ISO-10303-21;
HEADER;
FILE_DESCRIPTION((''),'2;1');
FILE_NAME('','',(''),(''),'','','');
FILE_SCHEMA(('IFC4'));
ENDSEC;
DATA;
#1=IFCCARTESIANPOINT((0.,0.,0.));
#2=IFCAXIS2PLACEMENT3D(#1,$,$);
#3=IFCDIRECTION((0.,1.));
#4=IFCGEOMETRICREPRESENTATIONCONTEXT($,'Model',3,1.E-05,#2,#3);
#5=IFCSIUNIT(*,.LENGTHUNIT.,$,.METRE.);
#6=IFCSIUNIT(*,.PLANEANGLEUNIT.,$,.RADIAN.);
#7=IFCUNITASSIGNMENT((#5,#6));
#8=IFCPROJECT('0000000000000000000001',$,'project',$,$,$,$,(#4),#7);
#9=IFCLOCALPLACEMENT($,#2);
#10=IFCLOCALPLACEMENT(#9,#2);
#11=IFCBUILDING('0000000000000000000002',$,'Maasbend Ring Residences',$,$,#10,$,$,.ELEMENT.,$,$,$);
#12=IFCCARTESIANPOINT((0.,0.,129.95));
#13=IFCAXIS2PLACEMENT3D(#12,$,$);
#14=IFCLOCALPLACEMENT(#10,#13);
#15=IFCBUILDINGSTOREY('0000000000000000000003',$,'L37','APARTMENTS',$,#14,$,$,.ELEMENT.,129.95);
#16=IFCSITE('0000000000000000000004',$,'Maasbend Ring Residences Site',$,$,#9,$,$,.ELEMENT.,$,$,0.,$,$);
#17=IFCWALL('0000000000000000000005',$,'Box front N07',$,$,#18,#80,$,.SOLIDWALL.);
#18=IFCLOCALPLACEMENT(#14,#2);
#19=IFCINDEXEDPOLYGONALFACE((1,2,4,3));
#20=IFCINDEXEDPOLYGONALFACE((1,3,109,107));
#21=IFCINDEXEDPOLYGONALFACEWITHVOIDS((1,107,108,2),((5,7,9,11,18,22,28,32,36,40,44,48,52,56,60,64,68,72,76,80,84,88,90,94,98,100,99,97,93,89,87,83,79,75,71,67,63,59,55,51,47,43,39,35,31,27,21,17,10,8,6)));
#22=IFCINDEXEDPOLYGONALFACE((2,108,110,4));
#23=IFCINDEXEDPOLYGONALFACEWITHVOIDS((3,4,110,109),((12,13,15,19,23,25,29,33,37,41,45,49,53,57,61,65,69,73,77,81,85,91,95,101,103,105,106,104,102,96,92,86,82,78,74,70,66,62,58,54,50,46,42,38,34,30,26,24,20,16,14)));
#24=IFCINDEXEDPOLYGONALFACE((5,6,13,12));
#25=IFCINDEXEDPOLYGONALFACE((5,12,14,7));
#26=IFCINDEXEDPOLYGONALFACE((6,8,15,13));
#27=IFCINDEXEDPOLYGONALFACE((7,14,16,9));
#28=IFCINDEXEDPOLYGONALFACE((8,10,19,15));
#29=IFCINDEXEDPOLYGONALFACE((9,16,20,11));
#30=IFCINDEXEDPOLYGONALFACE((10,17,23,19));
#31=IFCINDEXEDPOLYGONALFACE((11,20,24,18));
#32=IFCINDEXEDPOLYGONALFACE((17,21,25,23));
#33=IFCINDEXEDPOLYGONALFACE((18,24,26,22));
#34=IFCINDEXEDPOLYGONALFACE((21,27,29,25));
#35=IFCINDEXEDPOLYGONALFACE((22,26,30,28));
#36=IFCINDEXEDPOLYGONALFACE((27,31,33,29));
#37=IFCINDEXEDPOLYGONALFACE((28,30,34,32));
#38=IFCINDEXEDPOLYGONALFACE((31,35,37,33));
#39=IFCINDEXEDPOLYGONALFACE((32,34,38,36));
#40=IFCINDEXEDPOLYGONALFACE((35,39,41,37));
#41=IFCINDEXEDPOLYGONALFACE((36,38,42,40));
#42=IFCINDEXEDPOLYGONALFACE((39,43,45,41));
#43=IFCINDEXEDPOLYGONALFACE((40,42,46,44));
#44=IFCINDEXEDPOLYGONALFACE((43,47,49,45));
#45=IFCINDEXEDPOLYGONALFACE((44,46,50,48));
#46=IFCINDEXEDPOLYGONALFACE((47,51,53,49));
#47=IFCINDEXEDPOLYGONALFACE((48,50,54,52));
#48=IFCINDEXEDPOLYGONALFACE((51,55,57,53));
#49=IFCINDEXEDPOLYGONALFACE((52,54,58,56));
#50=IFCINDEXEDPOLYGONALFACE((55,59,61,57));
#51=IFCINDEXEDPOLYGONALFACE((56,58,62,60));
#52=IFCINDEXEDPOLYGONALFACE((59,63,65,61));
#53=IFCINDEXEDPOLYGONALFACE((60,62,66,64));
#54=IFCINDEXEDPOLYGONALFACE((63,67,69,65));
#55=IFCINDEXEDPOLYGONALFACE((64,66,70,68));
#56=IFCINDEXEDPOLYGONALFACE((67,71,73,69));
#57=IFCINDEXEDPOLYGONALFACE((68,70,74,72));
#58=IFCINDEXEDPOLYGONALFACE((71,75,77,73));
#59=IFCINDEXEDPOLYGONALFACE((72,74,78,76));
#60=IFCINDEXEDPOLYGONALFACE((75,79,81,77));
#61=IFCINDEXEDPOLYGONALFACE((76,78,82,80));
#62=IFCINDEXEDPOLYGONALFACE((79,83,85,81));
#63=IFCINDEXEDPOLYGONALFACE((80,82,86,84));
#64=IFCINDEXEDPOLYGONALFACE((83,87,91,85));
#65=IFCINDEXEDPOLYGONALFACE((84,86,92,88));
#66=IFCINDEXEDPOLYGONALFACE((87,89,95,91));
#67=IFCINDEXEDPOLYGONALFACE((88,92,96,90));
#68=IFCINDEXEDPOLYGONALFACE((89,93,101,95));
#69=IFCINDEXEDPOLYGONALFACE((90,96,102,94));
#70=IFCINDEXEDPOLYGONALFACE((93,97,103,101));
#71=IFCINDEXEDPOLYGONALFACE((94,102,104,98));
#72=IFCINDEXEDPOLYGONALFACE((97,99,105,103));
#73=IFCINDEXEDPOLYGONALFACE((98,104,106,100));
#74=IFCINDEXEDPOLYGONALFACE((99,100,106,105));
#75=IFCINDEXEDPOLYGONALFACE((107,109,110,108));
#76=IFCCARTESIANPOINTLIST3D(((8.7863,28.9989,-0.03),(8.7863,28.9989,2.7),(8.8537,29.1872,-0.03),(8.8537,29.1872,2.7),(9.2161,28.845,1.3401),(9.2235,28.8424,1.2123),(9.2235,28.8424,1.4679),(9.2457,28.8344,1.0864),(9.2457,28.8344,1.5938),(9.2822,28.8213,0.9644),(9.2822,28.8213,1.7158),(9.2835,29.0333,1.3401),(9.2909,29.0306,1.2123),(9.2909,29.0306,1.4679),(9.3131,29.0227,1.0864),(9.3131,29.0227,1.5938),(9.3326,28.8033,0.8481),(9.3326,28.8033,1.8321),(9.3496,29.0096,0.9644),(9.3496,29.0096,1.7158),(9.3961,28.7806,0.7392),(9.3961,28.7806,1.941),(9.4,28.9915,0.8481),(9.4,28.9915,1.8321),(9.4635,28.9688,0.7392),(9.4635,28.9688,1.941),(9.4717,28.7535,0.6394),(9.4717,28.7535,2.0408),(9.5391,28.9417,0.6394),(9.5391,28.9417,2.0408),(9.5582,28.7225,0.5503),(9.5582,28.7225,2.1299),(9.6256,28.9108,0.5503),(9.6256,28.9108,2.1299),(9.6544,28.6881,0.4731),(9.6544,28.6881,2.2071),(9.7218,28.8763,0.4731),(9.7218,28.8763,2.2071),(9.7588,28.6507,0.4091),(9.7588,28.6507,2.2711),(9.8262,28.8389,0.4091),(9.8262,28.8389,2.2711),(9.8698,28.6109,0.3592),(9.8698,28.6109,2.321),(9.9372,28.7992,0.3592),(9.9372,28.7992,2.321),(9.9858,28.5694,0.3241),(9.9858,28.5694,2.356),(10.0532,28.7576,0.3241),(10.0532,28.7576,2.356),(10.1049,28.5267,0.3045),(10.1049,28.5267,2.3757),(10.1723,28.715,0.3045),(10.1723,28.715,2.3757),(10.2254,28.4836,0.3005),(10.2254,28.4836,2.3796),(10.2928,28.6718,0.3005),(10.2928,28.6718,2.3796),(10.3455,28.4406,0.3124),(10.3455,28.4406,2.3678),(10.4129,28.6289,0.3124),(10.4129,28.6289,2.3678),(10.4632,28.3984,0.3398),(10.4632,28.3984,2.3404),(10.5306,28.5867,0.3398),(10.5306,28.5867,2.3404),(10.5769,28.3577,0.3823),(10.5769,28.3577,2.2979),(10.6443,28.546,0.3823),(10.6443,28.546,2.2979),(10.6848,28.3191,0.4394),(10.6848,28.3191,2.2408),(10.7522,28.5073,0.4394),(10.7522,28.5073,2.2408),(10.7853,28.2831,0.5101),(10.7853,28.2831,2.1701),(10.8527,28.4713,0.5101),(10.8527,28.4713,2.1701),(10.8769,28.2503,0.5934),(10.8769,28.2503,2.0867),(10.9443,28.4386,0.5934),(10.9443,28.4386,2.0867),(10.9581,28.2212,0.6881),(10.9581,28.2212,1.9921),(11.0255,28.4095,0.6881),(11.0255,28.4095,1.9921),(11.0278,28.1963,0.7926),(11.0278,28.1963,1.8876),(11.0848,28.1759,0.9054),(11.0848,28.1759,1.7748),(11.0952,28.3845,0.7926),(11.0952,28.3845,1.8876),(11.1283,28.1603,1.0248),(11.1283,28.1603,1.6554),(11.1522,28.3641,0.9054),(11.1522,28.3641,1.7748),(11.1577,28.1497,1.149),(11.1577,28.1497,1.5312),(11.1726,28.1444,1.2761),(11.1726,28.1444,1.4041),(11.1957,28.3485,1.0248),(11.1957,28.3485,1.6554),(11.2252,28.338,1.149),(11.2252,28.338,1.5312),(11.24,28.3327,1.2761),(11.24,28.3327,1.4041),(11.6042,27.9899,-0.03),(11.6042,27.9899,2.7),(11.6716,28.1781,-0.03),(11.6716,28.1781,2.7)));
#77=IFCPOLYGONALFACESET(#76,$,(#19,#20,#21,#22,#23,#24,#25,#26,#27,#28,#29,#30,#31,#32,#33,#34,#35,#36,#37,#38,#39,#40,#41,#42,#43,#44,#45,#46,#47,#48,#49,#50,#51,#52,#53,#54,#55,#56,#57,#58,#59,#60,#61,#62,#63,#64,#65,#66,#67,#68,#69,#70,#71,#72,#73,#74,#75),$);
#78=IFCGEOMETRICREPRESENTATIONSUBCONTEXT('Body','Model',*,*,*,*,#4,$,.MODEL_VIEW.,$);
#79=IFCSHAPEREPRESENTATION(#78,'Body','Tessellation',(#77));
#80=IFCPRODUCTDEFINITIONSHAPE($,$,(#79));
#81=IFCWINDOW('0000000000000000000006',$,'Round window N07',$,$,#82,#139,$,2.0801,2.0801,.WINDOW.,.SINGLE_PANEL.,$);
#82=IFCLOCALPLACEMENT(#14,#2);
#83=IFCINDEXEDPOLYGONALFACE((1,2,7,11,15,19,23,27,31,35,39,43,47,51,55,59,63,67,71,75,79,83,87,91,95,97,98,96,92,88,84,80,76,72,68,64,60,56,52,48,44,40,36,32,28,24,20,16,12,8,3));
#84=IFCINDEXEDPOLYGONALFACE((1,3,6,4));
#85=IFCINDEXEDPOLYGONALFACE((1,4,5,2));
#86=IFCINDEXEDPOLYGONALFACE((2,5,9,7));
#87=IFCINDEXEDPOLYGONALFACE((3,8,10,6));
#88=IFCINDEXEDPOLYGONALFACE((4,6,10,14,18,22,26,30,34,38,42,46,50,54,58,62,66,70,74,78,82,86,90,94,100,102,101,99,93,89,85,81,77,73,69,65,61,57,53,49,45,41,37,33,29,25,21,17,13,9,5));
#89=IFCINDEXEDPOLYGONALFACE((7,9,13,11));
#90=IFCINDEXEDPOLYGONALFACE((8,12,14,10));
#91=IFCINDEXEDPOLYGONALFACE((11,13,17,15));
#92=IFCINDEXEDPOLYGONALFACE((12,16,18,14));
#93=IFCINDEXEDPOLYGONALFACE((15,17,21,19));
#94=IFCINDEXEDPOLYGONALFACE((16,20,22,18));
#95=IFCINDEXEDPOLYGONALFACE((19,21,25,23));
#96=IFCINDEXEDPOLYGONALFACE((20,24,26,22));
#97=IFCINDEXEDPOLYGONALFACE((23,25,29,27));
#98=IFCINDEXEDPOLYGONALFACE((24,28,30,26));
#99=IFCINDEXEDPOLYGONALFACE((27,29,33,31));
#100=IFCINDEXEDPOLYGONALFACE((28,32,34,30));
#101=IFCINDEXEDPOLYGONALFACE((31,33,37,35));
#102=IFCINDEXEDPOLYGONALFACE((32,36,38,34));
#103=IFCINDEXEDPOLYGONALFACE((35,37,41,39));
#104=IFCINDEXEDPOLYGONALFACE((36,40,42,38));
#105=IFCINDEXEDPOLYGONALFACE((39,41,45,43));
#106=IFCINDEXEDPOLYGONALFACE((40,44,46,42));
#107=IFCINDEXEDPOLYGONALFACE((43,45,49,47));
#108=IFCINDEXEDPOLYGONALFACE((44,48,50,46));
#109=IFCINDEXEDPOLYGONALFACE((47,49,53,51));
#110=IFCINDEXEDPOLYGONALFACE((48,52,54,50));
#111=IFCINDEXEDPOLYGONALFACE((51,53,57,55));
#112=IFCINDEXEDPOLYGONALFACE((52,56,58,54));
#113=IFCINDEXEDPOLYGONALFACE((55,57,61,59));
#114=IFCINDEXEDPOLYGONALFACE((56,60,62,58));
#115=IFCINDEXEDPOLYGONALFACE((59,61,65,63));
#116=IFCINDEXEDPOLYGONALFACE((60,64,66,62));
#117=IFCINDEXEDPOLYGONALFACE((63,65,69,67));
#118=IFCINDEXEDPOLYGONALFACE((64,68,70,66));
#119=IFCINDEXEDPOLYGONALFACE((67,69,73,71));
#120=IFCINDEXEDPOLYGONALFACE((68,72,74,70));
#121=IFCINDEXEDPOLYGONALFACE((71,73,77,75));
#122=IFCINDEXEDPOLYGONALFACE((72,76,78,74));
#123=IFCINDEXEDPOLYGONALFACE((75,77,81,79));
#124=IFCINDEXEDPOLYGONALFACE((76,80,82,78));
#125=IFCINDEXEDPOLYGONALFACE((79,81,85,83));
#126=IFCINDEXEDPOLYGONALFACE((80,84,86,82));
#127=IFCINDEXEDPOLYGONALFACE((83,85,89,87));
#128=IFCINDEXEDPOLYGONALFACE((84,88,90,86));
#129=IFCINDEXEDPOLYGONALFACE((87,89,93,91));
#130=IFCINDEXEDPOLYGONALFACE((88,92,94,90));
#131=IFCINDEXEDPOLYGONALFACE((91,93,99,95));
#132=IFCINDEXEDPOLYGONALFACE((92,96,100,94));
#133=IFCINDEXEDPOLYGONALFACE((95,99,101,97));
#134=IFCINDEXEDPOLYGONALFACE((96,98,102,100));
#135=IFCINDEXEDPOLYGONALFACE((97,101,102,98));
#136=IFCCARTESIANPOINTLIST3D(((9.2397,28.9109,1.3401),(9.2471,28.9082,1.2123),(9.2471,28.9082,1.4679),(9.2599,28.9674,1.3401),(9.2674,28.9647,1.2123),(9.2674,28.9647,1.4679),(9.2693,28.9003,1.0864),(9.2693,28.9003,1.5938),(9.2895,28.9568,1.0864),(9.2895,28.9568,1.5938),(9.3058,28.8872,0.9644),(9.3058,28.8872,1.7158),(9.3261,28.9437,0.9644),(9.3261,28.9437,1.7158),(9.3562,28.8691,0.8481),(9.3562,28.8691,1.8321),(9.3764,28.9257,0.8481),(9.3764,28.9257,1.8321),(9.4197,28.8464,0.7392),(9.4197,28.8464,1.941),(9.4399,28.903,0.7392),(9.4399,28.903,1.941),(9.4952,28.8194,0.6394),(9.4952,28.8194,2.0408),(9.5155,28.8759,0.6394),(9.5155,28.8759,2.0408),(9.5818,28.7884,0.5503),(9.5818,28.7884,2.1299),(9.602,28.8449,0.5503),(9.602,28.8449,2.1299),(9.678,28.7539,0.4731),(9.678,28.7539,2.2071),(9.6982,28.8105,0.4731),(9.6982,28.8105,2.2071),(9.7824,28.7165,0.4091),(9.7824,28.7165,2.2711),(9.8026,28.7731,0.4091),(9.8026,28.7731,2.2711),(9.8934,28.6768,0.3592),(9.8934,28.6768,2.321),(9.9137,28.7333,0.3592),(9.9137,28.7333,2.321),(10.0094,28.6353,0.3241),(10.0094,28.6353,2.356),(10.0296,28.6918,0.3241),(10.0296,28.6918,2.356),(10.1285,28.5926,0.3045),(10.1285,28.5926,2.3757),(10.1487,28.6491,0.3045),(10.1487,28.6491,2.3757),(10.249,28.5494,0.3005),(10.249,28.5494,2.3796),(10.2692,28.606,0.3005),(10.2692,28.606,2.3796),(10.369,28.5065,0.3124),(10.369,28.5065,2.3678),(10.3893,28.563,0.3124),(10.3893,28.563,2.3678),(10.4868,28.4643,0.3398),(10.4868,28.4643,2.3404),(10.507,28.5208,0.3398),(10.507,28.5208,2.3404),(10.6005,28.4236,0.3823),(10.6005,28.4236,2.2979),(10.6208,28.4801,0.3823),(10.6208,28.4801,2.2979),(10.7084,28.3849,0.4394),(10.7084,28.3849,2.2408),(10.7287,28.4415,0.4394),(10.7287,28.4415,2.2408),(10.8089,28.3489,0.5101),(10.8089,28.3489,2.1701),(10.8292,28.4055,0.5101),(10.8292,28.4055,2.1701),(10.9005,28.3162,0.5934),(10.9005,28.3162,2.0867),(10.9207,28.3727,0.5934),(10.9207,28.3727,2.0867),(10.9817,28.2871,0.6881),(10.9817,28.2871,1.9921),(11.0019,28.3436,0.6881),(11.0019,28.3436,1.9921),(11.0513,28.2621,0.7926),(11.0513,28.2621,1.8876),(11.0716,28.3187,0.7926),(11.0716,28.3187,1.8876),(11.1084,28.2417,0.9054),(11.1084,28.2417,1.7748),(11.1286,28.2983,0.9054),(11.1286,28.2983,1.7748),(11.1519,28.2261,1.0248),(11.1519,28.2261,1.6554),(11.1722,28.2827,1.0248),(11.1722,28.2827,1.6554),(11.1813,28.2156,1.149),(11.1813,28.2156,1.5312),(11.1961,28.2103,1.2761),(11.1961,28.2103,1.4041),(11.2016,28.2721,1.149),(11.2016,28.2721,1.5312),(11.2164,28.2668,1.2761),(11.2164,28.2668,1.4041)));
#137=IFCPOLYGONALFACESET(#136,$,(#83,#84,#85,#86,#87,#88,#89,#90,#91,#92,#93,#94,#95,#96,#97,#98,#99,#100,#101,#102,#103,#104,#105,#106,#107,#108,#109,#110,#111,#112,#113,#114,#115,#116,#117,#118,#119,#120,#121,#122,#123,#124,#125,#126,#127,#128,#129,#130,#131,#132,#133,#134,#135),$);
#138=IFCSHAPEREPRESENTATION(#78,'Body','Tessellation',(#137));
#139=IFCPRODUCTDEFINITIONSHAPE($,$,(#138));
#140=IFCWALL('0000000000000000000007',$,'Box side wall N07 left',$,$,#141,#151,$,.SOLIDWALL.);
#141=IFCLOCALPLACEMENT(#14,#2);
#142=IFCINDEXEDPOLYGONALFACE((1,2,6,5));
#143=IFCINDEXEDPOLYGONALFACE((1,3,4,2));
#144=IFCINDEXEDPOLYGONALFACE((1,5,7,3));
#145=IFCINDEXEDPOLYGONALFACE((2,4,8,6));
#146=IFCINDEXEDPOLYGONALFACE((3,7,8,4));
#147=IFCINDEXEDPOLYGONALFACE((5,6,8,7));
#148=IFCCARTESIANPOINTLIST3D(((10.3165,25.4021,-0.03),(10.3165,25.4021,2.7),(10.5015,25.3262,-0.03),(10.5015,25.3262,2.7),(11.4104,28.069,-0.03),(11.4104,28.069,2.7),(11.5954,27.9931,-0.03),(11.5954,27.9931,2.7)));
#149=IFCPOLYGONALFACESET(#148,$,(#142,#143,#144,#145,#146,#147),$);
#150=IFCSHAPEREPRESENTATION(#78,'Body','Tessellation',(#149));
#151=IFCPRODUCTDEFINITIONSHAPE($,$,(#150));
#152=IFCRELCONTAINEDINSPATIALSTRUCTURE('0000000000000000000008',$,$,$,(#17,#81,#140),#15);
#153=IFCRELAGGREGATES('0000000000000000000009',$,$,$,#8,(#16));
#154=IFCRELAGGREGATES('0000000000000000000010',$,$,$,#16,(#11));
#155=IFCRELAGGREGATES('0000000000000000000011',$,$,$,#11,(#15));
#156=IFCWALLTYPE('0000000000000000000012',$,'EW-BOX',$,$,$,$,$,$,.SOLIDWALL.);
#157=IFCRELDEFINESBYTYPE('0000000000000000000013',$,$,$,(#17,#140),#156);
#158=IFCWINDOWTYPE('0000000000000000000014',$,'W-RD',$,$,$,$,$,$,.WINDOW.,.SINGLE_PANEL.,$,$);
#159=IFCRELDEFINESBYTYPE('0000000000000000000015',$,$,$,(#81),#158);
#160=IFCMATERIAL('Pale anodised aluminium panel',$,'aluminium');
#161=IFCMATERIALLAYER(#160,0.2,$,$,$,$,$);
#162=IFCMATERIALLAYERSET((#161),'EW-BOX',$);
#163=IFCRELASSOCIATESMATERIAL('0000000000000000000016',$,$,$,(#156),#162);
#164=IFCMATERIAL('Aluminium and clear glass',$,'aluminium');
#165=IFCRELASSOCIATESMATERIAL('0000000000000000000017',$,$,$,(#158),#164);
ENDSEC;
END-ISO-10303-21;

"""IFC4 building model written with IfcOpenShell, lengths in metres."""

from ifc_helpers import new_model, si_unit, direction, frame, frame_2d, origin, place, context, subcontext, project, spatial, rectangle, circle, extrude, material, layer, layer_set, type_object, element, fill, save


model = new_model("IFC4")

# Units and contexts
model_context = context("Model", 3, precision=1e-05, world=origin(), true_north=direction((0.0, 1.0)))
body_context = subcontext(model_context, "Body", "Model", "MODEL_VIEW")
ifc_project = project(units=[si_unit("LENGTHUNIT", "METRE"), si_unit("PLANEANGLEUNIT", "RADIAN")], contexts=[model_context])

# Site, building, storey
site_placement = place(None, origin())
site = spatial("IfcSite", under=ifc_project, at=site_placement, Name="Maasbend Ring Residences Site", CompositionType="ELEMENT", RefElevation=0.0)
building_placement = place(site_placement, origin())
building = spatial("IfcBuilding", under=site, at=building_placement, Name="Maasbend Ring Residences", CompositionType="ELEMENT")
storey_placement = place(building_placement, frame((0.0, 0.0, 129.95)))
storey = spatial("IfcBuildingStorey", under=building, at=storey_placement, Name="L37", Description="APARTMENTS", CompositionType="ELEMENT", Elevation=129.95)

# Shared definitions
ifc_material_1 = material(Name="Pale anodised aluminium panel", Category="aluminium")
ifc_layer_1 = layer(ifc_material_1, 0.2)
ifc_layer_set_1 = layer_set([ifc_layer_1], Name="EW-BOX")
wall_type_1 = type_object("IfcWallType", Name="EW-BOX", PredefinedType="SOLIDWALL", material=ifc_layer_set_1)
ifc_material_2 = material(Name="Aluminium and clear glass", Category="aluminium")
window_type_1 = type_object("IfcWindowType", Name="W-RD", PartitioningType="SINGLE_PANEL", PredefinedType="WINDOW", material=ifc_material_2)

# Wall, opening, window
wall_1_placement = place(storey_placement, frame((11.6379, 28.084, -0.03), z_axis=(0.0, 0.0, 1.0), x_axis=(-0.941461, 0.337122, 0.0)))
wall_1 = element("IfcWall", 1, at=wall_1_placement, inside=storey, type_object=wall_type_1, Name="Box front N07", PredefinedType="SOLIDWALL", context=body_context, shape_type="SweptSolid", body=[
    extrude(rectangle(XDim=2.9932, YDim=0.2, at=frame_2d((1.4966, 0.0))), origin(), (0.0, 0.0, 1.0), 2.73),
])
opening_1_placement = place(wall_1_placement, frame((0.4565, 0.0, 0.3301)))
opening_1 = element("IfcOpeningElement", 2, at=opening_1_placement, cuts=wall_1, PredefinedType="OPENING", context=body_context, shape_type="SweptSolid", body=[
    extrude(circle(Radius=1.04, at=frame_2d((1.04, 1.04))), frame((0.0, 0.1099, 0.0), z_axis=(0.0, -1.0, 0.0), x_axis=(1.0, 0.0, 0.0)), (0.0, 0.0, 1.0), 0.22),
])
window_1_placement = place(opening_1_placement, origin())
window_1 = element("IfcWindow", 3, at=window_1_placement, inside=storey, type_object=window_type_1, Name="Round window N07", OverallHeight=2.0801, OverallWidth=2.0801, PartitioningType="SINGLE_PANEL", PredefinedType="WINDOW", context=body_context, shape_type="SweptSolid", body=[
    extrude(circle(Radius=1.04, at=frame_2d((1.04, 1.04))), frame((0.0, 0.03, 0.0), z_axis=(0.0, -1.0, 0.0), x_axis=(1.0, 0.0, 0.0)), (0.0, 0.0, 1.0), 0.0601),
])
fill(opening_1, window_1)

# Wall
wall_2_placement = place(storey_placement, frame((10.4089, 25.364, -0.03), z_axis=(0.0, 0.0, 1.0), x_axis=(0.37951, 0.925188, 0.0)))
element("IfcWall", 4, at=wall_2_placement, inside=storey, type_object=wall_type_1, Name="Box side wall N07 left", PredefinedType="SOLIDWALL", context=body_context, shape_type="SweptSolid", body=[
    extrude(rectangle(XDim=2.8826, YDim=0.2, at=frame_2d((1.4414, 0.0))), origin(), (0.0, 0.0, 1.0), 2.73),
])

save(model, "model.ifc")
